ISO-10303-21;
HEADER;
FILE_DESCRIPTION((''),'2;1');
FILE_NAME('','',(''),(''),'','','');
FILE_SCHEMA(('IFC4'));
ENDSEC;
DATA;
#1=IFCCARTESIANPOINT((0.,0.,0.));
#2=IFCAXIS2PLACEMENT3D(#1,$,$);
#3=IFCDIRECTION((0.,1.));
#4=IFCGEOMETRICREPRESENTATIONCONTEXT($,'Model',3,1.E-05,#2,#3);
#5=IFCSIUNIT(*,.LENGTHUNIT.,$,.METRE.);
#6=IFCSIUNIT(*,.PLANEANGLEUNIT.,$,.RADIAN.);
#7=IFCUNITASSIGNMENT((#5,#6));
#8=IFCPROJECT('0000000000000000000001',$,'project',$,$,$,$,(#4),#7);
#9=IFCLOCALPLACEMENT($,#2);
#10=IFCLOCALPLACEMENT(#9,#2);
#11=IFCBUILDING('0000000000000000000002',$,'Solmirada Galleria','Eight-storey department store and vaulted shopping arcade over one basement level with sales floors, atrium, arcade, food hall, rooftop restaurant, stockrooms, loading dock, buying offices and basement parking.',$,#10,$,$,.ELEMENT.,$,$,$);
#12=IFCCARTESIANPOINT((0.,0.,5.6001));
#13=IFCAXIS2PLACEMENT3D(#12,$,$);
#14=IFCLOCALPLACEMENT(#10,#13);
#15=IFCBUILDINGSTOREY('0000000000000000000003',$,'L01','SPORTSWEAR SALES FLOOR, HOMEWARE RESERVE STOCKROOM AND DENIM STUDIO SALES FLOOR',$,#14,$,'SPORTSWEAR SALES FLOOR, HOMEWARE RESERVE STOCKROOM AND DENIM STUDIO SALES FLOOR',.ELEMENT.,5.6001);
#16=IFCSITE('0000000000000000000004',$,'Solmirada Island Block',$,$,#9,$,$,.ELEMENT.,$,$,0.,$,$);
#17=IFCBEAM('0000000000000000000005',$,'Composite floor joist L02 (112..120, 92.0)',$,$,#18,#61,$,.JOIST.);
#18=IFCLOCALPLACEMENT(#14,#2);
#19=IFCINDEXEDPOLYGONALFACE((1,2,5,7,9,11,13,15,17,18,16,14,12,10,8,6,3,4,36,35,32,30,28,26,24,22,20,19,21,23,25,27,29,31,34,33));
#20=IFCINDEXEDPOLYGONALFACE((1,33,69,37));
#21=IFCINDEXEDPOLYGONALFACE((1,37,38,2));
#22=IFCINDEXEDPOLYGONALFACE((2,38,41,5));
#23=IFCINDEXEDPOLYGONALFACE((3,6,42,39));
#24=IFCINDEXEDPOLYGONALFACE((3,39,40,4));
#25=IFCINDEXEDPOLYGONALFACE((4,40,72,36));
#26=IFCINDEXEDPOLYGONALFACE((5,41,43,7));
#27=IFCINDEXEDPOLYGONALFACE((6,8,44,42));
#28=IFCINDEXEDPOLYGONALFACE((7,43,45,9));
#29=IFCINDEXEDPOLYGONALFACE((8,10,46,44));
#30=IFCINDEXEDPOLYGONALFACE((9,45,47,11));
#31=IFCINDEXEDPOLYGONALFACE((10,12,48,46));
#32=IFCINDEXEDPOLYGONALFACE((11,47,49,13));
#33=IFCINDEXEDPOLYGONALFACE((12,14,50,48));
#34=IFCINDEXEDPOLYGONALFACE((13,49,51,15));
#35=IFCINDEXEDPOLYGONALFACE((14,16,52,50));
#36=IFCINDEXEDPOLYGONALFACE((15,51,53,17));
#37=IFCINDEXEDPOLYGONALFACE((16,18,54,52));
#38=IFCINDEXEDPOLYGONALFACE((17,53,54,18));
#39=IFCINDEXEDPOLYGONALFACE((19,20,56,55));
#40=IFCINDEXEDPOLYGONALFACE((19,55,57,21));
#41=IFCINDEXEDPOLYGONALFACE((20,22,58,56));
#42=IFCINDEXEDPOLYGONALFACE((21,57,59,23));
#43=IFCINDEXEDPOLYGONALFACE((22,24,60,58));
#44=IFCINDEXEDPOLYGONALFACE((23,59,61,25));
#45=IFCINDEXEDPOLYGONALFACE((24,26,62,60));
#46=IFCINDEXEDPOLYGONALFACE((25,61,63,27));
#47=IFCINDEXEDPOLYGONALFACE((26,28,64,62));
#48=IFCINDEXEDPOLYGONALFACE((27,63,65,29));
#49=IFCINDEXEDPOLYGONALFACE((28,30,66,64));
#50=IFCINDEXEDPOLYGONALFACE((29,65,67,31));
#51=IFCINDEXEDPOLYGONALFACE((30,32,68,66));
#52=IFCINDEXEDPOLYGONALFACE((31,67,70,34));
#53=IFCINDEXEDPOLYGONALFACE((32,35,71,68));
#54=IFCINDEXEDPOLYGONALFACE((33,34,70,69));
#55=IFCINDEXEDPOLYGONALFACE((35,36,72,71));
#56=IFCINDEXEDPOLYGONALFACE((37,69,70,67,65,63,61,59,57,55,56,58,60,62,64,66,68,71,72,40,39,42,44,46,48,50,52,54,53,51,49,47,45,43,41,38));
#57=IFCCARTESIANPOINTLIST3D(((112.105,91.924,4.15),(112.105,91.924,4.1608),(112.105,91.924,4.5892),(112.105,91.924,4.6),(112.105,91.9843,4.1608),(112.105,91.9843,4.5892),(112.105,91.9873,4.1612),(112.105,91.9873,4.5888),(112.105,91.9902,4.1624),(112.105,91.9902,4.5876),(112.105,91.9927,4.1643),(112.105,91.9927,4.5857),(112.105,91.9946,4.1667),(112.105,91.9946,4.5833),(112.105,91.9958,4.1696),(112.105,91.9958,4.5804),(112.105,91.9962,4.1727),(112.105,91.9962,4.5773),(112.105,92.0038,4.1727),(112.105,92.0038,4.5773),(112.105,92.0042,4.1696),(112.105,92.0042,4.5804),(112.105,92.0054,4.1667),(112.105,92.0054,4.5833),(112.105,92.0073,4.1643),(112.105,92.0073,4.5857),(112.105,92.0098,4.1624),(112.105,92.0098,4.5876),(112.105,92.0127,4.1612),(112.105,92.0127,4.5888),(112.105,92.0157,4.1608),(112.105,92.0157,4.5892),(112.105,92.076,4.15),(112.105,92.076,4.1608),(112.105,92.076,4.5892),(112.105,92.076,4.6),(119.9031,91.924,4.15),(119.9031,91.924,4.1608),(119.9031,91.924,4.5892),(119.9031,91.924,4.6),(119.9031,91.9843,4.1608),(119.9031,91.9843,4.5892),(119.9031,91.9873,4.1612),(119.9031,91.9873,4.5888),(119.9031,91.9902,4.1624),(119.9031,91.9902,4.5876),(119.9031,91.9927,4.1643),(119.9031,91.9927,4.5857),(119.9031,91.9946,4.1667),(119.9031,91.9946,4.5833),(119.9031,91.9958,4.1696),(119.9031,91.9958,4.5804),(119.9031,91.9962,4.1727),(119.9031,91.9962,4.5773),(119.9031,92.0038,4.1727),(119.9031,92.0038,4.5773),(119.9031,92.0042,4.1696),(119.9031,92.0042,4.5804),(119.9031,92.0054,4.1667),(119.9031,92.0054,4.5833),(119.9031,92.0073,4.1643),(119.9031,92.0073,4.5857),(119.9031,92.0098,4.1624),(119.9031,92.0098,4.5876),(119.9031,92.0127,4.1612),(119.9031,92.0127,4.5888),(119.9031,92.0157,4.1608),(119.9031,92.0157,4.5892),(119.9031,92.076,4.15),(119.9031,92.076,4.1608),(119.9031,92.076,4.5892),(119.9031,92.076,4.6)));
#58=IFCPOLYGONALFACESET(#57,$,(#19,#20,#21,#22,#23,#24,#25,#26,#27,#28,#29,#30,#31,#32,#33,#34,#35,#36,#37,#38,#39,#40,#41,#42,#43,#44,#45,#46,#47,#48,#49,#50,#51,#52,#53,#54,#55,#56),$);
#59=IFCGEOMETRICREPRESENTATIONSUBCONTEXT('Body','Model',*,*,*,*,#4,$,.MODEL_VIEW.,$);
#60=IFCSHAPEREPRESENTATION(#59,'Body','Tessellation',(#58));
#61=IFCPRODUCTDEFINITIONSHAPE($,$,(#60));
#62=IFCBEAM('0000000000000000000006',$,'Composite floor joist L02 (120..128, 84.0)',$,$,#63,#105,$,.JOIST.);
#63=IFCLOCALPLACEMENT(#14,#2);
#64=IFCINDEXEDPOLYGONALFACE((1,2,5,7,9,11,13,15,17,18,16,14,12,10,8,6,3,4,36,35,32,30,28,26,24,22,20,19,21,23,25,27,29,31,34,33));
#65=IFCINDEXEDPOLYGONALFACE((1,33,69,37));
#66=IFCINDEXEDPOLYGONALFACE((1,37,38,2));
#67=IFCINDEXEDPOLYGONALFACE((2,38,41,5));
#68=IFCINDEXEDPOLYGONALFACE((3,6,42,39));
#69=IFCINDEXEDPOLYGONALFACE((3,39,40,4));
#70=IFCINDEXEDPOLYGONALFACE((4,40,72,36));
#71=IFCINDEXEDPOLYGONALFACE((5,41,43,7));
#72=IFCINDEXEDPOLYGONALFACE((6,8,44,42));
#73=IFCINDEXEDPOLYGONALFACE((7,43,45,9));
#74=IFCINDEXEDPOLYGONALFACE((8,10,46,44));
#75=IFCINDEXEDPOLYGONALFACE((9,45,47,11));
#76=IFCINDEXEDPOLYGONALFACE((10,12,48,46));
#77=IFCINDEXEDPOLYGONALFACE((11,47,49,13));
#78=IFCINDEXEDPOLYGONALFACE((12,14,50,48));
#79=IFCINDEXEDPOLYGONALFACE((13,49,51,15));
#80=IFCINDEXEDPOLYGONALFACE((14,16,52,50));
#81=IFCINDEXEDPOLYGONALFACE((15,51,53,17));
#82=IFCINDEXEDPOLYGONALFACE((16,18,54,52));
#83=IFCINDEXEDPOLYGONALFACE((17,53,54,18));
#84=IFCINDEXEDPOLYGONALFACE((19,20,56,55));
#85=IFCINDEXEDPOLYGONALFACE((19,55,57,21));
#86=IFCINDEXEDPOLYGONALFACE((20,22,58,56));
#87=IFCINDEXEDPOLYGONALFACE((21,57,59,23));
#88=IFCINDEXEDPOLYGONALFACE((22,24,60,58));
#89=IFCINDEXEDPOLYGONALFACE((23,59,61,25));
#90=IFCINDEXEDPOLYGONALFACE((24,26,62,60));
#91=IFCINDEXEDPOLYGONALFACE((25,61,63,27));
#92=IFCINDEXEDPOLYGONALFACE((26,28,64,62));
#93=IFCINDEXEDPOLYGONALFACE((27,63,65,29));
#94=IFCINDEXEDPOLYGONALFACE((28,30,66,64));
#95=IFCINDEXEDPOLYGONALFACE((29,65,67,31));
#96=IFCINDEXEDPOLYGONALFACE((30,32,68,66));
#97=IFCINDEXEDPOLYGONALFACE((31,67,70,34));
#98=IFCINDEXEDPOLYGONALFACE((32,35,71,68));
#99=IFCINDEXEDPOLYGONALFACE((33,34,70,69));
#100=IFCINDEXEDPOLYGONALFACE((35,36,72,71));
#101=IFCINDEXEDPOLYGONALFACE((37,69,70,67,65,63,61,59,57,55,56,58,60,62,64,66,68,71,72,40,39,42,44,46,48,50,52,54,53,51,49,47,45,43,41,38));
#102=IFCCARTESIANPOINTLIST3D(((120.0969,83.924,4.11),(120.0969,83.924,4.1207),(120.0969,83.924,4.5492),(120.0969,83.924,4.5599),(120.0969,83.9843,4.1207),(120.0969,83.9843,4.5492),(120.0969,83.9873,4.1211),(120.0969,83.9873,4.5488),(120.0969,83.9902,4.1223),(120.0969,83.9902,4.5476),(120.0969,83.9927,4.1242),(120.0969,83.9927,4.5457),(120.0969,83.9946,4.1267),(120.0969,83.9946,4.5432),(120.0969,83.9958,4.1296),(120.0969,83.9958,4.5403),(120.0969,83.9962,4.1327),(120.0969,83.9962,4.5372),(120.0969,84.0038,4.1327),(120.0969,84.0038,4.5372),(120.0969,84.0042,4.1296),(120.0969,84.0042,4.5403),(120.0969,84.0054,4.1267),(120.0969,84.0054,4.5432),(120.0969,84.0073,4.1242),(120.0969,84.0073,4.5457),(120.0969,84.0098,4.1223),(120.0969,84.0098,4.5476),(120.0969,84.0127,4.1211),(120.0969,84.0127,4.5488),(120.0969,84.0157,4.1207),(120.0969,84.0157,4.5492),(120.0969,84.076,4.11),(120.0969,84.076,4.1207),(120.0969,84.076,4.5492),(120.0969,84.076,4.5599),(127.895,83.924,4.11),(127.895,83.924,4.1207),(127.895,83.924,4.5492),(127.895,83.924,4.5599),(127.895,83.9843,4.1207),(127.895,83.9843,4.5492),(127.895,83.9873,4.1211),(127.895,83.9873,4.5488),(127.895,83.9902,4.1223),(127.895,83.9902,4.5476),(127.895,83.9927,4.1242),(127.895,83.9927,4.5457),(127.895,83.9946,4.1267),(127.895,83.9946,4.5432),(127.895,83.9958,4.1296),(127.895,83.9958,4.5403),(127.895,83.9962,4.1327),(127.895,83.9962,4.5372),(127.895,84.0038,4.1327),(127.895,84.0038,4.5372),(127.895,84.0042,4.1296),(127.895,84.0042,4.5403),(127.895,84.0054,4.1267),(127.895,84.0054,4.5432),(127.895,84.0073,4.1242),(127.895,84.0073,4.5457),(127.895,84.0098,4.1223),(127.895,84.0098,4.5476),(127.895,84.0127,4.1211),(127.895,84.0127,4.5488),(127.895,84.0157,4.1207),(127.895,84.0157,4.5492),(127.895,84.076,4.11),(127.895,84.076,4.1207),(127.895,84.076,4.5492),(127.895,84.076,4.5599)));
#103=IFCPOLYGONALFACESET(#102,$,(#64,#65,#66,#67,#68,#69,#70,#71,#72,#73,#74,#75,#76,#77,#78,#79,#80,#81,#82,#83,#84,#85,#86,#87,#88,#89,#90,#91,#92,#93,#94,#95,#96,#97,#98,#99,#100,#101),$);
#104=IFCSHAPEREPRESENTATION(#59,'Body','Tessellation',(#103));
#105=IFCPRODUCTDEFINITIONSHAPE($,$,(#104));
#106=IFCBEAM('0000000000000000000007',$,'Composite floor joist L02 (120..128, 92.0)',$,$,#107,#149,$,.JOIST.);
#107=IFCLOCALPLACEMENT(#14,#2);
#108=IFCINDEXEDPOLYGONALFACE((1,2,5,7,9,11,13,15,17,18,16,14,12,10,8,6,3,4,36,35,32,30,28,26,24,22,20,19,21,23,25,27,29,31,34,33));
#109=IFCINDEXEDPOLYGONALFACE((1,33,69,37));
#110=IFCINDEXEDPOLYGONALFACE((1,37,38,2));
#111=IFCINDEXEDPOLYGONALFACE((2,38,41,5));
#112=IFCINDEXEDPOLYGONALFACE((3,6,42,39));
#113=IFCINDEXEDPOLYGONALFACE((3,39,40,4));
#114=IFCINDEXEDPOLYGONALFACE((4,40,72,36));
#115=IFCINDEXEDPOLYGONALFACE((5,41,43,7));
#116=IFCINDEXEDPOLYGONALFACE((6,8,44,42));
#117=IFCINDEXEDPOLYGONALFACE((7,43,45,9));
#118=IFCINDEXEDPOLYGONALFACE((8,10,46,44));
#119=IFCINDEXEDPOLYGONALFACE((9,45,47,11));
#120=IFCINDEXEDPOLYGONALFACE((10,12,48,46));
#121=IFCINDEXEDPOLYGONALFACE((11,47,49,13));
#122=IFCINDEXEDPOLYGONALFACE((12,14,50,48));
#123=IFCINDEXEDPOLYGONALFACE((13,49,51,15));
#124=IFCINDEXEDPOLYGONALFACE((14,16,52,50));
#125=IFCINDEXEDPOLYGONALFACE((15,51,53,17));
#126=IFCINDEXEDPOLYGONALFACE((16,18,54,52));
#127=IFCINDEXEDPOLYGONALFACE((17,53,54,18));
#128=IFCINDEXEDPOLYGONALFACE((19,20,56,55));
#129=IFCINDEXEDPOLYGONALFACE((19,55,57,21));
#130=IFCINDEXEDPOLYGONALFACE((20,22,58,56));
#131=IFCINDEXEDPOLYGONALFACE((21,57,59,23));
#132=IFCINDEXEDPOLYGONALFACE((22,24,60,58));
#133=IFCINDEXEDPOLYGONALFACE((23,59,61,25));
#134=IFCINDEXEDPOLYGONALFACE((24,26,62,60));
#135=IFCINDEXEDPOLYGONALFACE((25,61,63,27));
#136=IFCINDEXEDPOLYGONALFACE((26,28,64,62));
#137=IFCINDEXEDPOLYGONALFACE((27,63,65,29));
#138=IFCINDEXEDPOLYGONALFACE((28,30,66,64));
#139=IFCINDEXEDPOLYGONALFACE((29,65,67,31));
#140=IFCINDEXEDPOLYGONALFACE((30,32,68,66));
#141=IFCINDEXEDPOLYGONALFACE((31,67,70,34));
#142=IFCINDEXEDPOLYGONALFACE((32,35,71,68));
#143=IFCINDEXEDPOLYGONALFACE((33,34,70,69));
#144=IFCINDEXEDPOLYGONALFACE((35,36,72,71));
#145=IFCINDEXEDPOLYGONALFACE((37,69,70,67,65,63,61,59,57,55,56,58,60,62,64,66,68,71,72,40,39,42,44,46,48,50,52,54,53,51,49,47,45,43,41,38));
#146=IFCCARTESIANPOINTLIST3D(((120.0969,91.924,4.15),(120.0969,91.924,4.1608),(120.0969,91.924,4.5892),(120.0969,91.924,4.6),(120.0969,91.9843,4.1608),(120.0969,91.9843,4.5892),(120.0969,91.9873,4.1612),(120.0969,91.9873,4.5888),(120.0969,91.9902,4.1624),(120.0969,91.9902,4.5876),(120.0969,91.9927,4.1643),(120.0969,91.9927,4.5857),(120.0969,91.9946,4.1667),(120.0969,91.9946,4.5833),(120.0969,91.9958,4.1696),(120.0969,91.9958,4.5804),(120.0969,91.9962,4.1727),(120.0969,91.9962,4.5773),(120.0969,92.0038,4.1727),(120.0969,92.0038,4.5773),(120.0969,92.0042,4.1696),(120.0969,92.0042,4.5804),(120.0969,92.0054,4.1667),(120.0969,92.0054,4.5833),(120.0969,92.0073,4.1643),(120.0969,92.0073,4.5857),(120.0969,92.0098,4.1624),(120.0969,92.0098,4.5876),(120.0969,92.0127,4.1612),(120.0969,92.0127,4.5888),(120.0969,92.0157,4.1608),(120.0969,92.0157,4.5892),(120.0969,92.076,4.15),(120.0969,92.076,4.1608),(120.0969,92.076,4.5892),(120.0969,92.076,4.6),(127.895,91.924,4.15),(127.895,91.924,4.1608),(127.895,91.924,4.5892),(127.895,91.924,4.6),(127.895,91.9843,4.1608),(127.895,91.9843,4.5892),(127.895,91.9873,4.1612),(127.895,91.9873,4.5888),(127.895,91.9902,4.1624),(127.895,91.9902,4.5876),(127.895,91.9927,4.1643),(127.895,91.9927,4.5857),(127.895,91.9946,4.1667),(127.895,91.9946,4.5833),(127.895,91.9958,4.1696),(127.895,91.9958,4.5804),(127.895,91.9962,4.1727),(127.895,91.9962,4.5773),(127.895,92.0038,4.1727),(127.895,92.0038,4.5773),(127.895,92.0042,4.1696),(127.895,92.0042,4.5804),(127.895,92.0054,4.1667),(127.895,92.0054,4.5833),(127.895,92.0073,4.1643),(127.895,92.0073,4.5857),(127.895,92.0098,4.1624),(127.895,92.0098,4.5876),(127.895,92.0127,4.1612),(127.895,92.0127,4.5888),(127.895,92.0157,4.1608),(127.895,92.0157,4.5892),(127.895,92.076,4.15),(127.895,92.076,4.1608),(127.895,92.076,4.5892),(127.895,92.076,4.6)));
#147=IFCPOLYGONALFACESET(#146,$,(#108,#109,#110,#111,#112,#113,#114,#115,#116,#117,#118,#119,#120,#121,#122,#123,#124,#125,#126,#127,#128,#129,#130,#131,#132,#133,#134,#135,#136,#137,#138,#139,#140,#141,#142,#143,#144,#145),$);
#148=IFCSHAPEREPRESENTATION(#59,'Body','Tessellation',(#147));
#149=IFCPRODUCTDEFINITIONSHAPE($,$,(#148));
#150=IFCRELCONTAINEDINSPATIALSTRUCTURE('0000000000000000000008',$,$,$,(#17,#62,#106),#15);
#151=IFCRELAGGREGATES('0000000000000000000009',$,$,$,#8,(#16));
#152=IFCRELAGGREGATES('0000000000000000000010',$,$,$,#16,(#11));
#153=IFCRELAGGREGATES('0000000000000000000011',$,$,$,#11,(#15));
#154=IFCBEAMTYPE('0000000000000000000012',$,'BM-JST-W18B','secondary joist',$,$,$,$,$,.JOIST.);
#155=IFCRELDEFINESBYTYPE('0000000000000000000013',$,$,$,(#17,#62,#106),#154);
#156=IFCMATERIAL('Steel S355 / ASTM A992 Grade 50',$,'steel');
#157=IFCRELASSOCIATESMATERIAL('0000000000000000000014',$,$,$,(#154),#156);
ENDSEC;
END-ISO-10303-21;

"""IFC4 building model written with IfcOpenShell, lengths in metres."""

from ifc_helpers import new_model, si_unit, direction, frame, origin, origin_2d, place, context, subcontext, project, spatial, i_section, extrude, material, material_profile, profile_set, type_object, element, save


model = new_model("IFC4")

# Units and contexts
model_context = context("Model", 3, precision=1e-05, world=origin(), true_north=direction((0.0, 1.0)))
body_context = subcontext(model_context, "Body", "Model", "MODEL_VIEW")
ifc_project = project(units=[si_unit("LENGTHUNIT", "METRE"), si_unit("PLANEANGLEUNIT", "RADIAN")], contexts=[model_context])

# Site, building, storey
site_placement = place(None, origin())
site = spatial("IfcSite", under=ifc_project, at=site_placement, Name="Solmirada Island Block", CompositionType="ELEMENT", RefElevation=0.0)
building_placement = place(site_placement, origin())
building = spatial("IfcBuilding", under=site, at=building_placement, Name="Solmirada Galleria", Description="Eight-storey department store and vaulted shopping arcade over one basement level with sales floors, atrium, arcade, food hall, rooftop restaurant, stockrooms, loading dock, buying offices and basement parking.", CompositionType="ELEMENT")
storey_placement = place(building_placement, frame((0.0, 0.0, 5.6001)))
storey = spatial("IfcBuildingStorey", under=building, at=storey_placement, Name="L01", Description="SPORTSWEAR SALES FLOOR, HOMEWARE RESERVE STOCKROOM AND DENIM STUDIO SALES FLOOR", LongName="SPORTSWEAR SALES FLOOR, HOMEWARE RESERVE STOCKROOM AND DENIM STUDIO SALES FLOOR", CompositionType="ELEMENT", Elevation=5.6001)

# Beams
ifc_material_1 = material(Name="Steel S355 / ASTM A992 Grade 50", Category="steel")
ifc_material_profile_1 = material_profile(ifc_material_1, i_section(OverallWidth=0.1521, OverallDepth=0.45, WebThickness=0.0076, FlangeThickness=0.0107, FilletRadius=0.012, at=origin_2d()), Name="W18X35")
ifc_profile_set_1 = profile_set([ifc_material_profile_1], Name="Steel S355 / ASTM A992 Grade 50")
beam_type_1 = type_object("IfcBeamType", Name="BM-JST-W18B", Description="secondary joist", PredefinedType="JOIST", material=ifc_profile_set_1)
for number, where, z_axis, x_axis, name in (
    (1, (112.105, 92.0, 4.375), (1.0, 0.0, 0.0), (0.0, 1.0, 0.0), "Composite floor joist L02 (112..120, 92.0)"),
    (2, (120.0969, 84.0, 4.335), (1.0, 0.0, 0.0), (0.0, 1.0, 0.0), "Composite floor joist L02 (120..128, 84.0)"),
    (3, (120.0969, 92.0, 4.375), (1.0, 0.0, 0.0), (0.0, 1.0, 0.0), "Composite floor joist L02 (120..128, 92.0)"),
):
    element("IfcBeam", number, at=place(storey_placement, frame(where, z_axis=z_axis, x_axis=x_axis)), inside=storey, type_object=beam_type_1, Name=name, PredefinedType="JOIST", context=body_context, shape_type="SweptSolid", body=[
        extrude(i_section(OverallWidth=0.1521, OverallDepth=0.45, WebThickness=0.0076, FlangeThickness=0.0107, FilletRadius=0.012, at=origin_2d()), origin(), (0.0, 0.0, 1.0), 7.7981),
    ])

save(model, "model.ifc")
